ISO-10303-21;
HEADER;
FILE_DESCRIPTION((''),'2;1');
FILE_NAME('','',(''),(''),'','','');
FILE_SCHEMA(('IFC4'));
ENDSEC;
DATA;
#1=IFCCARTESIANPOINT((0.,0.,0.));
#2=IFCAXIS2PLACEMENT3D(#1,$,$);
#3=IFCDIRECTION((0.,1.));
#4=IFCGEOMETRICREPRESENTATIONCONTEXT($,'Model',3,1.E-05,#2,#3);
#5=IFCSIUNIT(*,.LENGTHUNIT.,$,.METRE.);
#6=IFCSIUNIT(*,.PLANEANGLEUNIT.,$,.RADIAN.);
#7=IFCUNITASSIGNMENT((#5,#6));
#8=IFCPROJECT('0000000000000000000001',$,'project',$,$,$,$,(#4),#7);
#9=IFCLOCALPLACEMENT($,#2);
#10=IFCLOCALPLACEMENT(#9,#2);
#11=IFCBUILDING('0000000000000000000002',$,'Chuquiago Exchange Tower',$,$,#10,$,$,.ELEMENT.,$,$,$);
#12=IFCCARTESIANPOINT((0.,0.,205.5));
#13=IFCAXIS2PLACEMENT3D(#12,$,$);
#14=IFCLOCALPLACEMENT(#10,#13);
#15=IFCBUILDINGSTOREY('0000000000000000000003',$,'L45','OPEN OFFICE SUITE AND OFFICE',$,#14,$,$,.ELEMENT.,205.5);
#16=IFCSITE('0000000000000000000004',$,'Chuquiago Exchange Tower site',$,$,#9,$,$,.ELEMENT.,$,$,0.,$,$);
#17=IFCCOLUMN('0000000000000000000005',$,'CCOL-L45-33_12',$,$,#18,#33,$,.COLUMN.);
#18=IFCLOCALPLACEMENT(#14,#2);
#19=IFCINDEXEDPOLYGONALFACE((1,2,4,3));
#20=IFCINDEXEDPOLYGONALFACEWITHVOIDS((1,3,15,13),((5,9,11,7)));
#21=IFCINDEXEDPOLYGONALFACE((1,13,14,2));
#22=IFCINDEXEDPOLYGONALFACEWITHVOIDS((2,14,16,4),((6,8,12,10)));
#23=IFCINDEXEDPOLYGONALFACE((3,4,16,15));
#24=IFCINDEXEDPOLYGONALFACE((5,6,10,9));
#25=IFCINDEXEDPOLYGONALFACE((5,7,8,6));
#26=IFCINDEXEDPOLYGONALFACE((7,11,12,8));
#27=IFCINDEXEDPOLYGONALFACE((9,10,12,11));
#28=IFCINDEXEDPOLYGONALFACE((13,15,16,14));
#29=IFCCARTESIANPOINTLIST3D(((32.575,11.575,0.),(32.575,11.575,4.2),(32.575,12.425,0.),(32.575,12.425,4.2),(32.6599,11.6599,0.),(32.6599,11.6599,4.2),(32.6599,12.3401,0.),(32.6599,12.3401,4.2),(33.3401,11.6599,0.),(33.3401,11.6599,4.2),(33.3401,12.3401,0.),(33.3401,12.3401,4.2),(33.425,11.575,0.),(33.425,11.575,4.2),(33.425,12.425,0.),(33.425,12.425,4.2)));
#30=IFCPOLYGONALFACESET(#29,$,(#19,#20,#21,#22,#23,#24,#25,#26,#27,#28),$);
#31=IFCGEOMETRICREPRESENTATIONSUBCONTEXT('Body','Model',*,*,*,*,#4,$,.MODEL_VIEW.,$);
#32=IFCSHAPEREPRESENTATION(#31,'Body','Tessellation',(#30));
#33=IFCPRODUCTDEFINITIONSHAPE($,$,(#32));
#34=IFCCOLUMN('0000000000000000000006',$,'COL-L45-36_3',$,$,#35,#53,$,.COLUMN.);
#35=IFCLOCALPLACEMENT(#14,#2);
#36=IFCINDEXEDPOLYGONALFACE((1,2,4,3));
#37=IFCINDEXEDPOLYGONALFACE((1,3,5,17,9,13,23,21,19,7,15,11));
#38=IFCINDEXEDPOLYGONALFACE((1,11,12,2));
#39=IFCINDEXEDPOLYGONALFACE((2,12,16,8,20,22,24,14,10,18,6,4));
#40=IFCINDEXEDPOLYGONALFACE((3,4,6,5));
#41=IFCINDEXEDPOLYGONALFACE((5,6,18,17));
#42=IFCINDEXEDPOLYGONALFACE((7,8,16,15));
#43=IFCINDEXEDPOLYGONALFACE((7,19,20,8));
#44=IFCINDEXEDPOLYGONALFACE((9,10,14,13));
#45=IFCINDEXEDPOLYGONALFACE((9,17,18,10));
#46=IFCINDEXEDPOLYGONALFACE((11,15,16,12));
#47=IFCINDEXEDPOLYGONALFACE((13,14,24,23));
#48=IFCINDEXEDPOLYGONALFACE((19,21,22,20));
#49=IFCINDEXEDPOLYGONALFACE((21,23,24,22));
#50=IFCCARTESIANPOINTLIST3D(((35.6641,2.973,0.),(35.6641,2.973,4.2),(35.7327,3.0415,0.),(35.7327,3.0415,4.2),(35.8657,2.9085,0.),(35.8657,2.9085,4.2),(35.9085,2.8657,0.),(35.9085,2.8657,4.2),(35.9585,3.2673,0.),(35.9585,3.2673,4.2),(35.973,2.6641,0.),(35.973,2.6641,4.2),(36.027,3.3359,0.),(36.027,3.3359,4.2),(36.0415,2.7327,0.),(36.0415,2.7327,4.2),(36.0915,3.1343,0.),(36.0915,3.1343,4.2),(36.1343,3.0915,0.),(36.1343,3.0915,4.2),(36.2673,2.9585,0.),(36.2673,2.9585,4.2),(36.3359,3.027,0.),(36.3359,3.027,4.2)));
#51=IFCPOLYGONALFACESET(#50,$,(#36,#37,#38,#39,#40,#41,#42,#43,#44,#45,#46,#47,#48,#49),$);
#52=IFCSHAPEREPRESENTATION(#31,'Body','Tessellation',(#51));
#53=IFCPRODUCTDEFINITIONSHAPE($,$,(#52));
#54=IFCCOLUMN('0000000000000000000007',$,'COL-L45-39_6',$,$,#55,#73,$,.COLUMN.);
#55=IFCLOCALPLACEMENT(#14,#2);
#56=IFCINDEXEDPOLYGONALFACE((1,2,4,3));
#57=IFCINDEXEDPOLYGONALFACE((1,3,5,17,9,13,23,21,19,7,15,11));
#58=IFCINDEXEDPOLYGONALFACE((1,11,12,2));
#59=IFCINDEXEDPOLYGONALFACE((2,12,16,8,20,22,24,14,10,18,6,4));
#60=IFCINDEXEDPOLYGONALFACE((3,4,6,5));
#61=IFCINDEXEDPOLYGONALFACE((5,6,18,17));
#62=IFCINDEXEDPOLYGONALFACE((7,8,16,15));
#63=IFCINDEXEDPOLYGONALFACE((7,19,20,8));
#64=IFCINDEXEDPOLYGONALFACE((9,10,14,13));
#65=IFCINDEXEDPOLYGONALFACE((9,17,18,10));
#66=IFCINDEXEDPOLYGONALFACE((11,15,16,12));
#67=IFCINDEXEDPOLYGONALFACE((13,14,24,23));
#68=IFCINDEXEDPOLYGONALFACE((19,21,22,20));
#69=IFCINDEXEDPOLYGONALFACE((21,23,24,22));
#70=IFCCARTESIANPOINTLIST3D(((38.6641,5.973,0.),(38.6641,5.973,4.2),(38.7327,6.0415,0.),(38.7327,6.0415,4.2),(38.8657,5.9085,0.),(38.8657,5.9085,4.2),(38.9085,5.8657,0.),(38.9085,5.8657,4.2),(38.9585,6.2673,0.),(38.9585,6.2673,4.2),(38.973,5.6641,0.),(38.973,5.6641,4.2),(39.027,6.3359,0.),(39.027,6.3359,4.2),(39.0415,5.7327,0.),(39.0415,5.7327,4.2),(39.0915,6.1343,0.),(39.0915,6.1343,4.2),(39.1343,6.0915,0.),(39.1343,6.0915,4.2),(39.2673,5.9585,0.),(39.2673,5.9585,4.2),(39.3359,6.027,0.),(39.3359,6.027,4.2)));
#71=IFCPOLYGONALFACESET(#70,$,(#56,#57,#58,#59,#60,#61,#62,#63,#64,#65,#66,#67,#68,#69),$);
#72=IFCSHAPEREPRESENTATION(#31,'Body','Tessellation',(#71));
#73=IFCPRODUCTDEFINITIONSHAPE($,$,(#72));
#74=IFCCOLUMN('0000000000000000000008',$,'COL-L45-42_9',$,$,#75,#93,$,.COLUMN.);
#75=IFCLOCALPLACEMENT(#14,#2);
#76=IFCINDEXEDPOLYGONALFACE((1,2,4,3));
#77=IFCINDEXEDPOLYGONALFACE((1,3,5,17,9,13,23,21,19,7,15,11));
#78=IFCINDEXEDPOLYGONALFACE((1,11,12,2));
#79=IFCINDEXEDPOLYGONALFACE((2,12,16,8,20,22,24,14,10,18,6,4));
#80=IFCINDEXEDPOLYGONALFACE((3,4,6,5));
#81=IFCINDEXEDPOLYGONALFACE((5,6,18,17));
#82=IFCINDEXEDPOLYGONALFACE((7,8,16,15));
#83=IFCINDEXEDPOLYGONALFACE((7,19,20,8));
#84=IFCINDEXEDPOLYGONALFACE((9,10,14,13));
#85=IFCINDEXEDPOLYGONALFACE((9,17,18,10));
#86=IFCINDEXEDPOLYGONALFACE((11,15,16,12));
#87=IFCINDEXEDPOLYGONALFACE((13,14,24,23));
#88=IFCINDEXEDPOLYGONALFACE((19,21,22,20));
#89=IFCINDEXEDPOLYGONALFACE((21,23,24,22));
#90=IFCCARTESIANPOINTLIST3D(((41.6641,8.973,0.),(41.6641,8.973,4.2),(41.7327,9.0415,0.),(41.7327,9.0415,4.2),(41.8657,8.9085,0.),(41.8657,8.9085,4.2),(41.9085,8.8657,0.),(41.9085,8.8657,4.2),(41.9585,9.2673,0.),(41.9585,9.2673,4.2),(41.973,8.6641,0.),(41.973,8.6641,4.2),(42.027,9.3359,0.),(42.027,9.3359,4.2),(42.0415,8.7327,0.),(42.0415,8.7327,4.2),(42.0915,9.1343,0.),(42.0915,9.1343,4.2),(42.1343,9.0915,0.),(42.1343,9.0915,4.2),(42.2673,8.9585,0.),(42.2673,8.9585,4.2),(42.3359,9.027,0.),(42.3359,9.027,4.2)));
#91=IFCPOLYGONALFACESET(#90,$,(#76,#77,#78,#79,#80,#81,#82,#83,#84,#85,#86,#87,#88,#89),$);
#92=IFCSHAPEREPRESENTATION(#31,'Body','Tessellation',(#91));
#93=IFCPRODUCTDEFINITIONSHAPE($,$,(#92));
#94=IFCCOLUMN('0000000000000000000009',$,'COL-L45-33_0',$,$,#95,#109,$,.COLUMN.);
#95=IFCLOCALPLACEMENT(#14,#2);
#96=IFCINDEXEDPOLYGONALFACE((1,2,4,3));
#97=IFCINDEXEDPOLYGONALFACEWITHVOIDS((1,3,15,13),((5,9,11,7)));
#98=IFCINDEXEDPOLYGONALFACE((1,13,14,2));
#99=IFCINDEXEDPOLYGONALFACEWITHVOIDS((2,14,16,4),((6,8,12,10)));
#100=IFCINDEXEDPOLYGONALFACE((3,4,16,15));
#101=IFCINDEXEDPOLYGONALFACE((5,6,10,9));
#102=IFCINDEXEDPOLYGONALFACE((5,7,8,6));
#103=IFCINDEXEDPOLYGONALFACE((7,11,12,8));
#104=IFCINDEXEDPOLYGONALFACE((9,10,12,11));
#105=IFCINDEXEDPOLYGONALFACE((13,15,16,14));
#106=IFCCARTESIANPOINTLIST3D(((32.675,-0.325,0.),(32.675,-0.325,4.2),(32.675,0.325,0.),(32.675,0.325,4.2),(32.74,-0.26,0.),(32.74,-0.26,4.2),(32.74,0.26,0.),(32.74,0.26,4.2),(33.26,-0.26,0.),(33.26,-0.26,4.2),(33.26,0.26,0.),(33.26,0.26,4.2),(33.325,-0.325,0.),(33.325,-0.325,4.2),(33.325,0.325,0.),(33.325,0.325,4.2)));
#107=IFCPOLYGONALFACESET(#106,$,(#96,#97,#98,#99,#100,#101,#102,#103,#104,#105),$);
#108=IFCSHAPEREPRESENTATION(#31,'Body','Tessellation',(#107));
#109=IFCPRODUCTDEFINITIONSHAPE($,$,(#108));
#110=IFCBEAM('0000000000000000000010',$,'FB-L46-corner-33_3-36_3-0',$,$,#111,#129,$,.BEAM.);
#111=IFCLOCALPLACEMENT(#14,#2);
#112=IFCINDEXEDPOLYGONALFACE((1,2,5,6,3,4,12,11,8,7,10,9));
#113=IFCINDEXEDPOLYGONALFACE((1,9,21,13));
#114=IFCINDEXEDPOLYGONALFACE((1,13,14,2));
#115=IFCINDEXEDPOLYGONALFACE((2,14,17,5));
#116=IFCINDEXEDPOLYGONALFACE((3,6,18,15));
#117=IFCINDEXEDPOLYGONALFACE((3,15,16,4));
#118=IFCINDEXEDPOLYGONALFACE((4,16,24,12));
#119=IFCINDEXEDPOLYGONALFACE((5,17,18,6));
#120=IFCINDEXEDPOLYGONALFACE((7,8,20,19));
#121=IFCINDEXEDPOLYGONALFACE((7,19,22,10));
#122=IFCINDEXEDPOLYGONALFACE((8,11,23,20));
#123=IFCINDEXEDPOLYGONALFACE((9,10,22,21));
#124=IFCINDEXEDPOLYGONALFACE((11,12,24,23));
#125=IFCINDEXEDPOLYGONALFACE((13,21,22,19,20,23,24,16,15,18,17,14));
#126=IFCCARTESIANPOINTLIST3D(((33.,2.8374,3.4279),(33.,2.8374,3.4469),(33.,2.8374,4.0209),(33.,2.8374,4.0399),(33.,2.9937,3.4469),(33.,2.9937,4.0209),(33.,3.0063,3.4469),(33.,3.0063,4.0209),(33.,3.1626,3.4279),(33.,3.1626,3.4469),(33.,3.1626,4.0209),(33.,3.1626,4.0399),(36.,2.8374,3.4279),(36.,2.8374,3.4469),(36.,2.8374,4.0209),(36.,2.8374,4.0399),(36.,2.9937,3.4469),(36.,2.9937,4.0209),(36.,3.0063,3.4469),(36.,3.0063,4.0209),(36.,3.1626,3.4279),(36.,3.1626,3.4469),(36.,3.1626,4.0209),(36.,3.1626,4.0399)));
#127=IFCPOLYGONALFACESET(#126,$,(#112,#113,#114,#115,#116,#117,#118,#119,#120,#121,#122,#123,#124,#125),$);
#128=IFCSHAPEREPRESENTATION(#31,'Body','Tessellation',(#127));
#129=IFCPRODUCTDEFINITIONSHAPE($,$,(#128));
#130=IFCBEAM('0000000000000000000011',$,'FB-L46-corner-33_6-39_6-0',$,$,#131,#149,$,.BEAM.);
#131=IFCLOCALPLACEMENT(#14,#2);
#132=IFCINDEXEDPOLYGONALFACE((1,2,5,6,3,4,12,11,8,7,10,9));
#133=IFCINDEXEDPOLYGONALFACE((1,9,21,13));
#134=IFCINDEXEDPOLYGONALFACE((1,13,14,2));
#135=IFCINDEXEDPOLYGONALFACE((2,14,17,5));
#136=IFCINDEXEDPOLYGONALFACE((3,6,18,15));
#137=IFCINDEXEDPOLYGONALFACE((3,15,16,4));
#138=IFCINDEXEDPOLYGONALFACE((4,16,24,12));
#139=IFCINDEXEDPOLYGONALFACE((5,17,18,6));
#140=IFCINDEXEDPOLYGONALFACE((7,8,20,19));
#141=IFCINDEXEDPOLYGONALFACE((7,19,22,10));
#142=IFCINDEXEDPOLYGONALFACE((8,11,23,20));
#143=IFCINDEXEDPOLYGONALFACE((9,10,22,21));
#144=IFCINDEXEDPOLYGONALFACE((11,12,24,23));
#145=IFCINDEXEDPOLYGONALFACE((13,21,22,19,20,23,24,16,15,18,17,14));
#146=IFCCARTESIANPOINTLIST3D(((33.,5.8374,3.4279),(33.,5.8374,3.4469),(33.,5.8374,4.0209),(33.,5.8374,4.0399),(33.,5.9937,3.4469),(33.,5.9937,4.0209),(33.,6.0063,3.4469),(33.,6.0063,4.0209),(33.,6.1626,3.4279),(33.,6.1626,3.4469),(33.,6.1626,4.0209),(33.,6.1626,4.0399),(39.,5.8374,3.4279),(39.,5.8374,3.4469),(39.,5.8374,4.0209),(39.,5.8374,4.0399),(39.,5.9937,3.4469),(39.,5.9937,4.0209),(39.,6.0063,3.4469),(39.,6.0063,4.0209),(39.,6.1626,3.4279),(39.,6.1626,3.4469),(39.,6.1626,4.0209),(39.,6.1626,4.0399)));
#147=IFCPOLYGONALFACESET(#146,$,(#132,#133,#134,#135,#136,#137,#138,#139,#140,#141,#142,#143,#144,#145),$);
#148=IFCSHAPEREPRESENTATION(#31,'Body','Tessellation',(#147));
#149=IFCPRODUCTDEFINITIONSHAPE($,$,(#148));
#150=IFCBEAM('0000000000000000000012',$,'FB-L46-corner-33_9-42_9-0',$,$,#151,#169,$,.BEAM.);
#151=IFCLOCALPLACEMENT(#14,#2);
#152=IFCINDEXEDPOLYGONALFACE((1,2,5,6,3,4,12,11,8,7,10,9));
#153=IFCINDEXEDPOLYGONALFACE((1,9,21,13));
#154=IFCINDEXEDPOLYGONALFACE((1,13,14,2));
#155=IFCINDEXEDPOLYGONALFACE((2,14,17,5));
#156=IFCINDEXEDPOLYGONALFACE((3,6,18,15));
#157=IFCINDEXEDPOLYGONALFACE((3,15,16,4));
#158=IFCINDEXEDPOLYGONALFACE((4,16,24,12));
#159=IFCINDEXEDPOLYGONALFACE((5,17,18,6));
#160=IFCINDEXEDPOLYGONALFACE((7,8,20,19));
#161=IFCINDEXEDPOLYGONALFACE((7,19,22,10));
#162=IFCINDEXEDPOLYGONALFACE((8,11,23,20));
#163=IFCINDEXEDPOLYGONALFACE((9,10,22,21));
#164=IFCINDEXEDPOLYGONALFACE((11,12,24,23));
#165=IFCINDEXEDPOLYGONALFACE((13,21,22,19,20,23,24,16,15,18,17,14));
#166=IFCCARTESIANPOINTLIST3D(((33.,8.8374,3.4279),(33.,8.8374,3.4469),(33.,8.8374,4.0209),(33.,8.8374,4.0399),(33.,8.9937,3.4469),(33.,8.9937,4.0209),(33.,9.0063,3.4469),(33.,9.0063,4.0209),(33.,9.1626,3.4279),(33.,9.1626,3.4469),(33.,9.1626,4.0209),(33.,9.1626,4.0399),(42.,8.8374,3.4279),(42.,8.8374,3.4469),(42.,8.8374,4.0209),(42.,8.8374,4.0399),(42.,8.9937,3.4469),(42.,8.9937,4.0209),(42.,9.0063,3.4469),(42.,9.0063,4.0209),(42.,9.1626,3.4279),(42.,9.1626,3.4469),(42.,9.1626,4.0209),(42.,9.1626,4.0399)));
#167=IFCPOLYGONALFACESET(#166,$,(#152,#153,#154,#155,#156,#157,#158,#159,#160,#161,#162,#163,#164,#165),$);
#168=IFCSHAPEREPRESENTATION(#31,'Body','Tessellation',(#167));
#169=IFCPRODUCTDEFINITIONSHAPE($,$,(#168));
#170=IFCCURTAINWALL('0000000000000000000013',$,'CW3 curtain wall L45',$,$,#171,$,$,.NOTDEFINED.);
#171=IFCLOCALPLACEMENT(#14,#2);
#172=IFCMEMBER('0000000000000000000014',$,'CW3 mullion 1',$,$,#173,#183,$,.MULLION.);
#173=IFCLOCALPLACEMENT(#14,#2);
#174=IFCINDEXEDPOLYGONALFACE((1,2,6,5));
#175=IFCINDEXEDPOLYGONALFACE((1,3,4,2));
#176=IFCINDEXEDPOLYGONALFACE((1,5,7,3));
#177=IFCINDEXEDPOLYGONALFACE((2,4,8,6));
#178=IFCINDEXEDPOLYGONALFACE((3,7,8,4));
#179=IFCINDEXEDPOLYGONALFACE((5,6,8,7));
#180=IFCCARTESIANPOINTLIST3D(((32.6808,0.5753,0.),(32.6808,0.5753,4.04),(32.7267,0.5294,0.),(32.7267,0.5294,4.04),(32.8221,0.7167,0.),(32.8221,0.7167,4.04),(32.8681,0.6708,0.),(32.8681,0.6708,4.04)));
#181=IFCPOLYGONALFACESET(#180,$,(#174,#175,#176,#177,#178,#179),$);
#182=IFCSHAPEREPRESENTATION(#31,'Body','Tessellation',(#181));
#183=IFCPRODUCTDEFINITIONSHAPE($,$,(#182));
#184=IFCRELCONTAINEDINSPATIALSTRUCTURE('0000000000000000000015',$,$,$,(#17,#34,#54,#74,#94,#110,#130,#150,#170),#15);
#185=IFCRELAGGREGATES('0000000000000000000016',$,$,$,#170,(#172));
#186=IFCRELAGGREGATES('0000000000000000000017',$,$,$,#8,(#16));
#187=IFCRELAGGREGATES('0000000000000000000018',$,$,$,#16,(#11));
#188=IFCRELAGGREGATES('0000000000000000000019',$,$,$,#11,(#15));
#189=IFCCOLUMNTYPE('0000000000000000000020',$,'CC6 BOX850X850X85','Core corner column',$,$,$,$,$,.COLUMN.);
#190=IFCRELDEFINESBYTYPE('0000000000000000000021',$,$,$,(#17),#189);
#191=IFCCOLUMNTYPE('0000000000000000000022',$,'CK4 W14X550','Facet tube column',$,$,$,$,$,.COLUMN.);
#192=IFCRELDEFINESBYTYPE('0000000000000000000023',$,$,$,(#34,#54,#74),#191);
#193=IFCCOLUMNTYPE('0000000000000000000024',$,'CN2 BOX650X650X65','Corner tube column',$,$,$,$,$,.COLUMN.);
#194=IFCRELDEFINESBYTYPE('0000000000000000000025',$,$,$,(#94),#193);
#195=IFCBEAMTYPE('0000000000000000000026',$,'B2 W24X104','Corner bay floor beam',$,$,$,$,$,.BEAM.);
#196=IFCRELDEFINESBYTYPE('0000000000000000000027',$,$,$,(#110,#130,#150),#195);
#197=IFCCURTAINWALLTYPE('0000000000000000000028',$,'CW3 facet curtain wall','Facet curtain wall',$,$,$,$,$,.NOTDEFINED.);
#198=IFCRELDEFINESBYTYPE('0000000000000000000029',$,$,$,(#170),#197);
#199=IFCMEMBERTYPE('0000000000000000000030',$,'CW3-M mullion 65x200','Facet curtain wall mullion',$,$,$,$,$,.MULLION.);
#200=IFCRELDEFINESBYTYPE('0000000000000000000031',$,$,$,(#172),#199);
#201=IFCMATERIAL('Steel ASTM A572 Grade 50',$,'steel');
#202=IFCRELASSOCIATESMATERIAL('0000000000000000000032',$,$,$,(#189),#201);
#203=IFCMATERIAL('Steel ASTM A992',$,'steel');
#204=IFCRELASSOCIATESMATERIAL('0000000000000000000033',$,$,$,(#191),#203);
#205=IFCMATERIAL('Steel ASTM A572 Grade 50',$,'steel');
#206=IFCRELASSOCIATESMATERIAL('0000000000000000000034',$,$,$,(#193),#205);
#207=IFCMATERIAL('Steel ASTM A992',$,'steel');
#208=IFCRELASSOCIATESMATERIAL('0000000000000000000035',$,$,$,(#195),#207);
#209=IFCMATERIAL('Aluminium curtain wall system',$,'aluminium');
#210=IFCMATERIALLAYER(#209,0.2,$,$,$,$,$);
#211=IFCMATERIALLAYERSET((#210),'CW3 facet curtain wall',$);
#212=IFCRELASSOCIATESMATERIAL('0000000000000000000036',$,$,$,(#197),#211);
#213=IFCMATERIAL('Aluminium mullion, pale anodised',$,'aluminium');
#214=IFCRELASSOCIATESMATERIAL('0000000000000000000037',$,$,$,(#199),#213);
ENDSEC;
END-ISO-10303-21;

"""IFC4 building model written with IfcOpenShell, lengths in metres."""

from ifc_helpers import new_model, si_unit, direction, frame, origin, origin_2d, place, context, subcontext, project, spatial, rectangle, hollow_rectangle, i_section, extrude, material, layer, layer_set, material_profile, profile_set, type_object, element, aggregate, save


model = new_model("IFC4")

# Units and contexts
model_context = context("Model", 3, precision=1e-05, world=origin(), true_north=direction((0.0, 1.0)))
body_context = subcontext(model_context, "Body", "Model", "MODEL_VIEW")
ifc_project = project(units=[si_unit("LENGTHUNIT", "METRE"), si_unit("PLANEANGLEUNIT", "RADIAN")], contexts=[model_context])

# Site, building, storey
site_placement = place(None, origin())
site = spatial("IfcSite", under=ifc_project, at=site_placement, Name="Chuquiago Exchange Tower site", CompositionType="ELEMENT", RefElevation=0.0)
building_placement = place(site_placement, origin())
building = spatial("IfcBuilding", under=site, at=building_placement, Name="Chuquiago Exchange Tower", CompositionType="ELEMENT")
storey_placement = place(building_placement, frame((0.0, 0.0, 205.5)))
storey = spatial("IfcBuildingStorey", under=building, at=storey_placement, Name="L45", Description="OPEN OFFICE SUITE AND OFFICE", CompositionType="ELEMENT", Elevation=205.5)

# Columns
ifc_material_1 = material(Name="Steel ASTM A572 Grade 50", Category="steel")
ifc_material_profile_1 = material_profile(ifc_material_1, hollow_rectangle(XDim=0.8501, YDim=0.8501, WallThickness=0.085, at=origin_2d()), Name="BOX850X850X85")
ifc_profile_set_1 = profile_set([ifc_material_profile_1], Name="Steel ASTM A572 Grade 50")
column_type_1 = type_object("IfcColumnType", Name="CC6 BOX850X850X85", Description="Core corner column", PredefinedType="COLUMN", material=ifc_profile_set_1)
column_1_placement = place(storey_placement, frame((33.0, 12.0, 0.0), z_axis=(0.0, 0.0, 1.0), x_axis=(1.0, 0.0, 0.0)))
element("IfcColumn", 1, at=column_1_placement, inside=storey, type_object=column_type_1, Name="CCOL-L45-33_12", PredefinedType="COLUMN", context=body_context, shape_type="SweptSolid", body=[
    extrude(hollow_rectangle(XDim=0.8501, YDim=0.8501, WallThickness=0.085, at=origin_2d()), origin(), (0.0, 0.0, 1.0), 4.2),
])
ifc_material_2 = material(Name="Steel ASTM A992", Category="steel")
ifc_material_profile_2 = material_profile(ifc_material_2, i_section(OverallWidth=0.4368, OverallDepth=0.5132, WebThickness=0.0605, FlangeThickness=0.0969, at=origin_2d()), Name="W14X550")
ifc_profile_set_2 = profile_set([ifc_material_profile_2], Name="Steel ASTM A992")
column_type_2 = type_object("IfcColumnType", Name="CK4 W14X550", Description="Facet tube column", PredefinedType="COLUMN", material=ifc_profile_set_2)
for number, where, z_axis, x_axis, name in (
    (2, (36.0, 3.0, 0.0), (0.0, 0.0, 1.0), (0.707107, -0.707107, 0.0), "COL-L45-36_3"),
    (3, (39.0, 6.0, 0.0), (0.0, 0.0, 1.0), (0.707107, -0.707107, 0.0), "COL-L45-39_6"),
    (4, (42.0, 9.0, 0.0), (0.0, 0.0, 1.0), (0.707107, -0.707107, 0.0), "COL-L45-42_9"),
):
    element("IfcColumn", number, at=place(storey_placement, frame(where, z_axis=z_axis, x_axis=x_axis)), inside=storey, type_object=column_type_2, Name=name, PredefinedType="COLUMN", context=body_context, shape_type="SweptSolid", body=[
        extrude(i_section(OverallWidth=0.4368, OverallDepth=0.5132, WebThickness=0.0605, FlangeThickness=0.0969, at=origin_2d()), origin(), (0.0, 0.0, 1.0), 4.2),
    ])
ifc_material_3 = material(Name="Steel ASTM A572 Grade 50", Category="steel")
ifc_material_profile_3 = material_profile(ifc_material_3, hollow_rectangle(XDim=0.6499, YDim=0.6499, WallThickness=0.0649, at=origin_2d()), Name="BOX650X650X65")
ifc_profile_set_3 = profile_set([ifc_material_profile_3], Name="Steel ASTM A572 Grade 50")
column_type_3 = type_object("IfcColumnType", Name="CN2 BOX650X650X65", Description="Corner tube column", PredefinedType="COLUMN", material=ifc_profile_set_3)
column_2_placement = place(storey_placement, frame((33.0, 0.0, 0.0), z_axis=(0.0, 0.0, 1.0), x_axis=(0.0, -1.0, 0.0)))
element("IfcColumn", 5, at=column_2_placement, inside=storey, type_object=column_type_3, Name="COL-L45-33_0", PredefinedType="COLUMN", context=body_context, shape_type="SweptSolid", body=[
    extrude(hollow_rectangle(XDim=0.6499, YDim=0.6499, WallThickness=0.0649, at=origin_2d()), origin(), (0.0, 0.0, 1.0), 4.2),
])

# Beams
ifc_material_4 = material(Name="Steel ASTM A992", Category="steel")
ifc_material_profile_4 = material_profile(ifc_material_4, i_section(OverallWidth=0.3252, OverallDepth=0.6121, WebThickness=0.0127, FlangeThickness=0.019, at=origin_2d()), Name="W24X104")
ifc_profile_set_4 = profile_set([ifc_material_profile_4], Name="Steel ASTM A992")
beam_type_1 = type_object("IfcBeamType", Name="B2 W24X104", Description="Corner bay floor beam", PredefinedType="BEAM", material=ifc_profile_set_4)
beam_1_placement = place(storey_placement, frame((33.0, 3.0, 3.7339), z_axis=(1.0, 0.0, 0.0), x_axis=(0.0, 1.0, 0.0)))
element("IfcBeam", 6, at=beam_1_placement, inside=storey, type_object=beam_type_1, Name="FB-L46-corner-33_3-36_3-0", PredefinedType="BEAM", context=body_context, shape_type="SweptSolid", body=[
    extrude(i_section(OverallWidth=0.3252, OverallDepth=0.6121, WebThickness=0.0127, FlangeThickness=0.019, at=origin_2d()), origin(), (0.0, 0.0, 1.0), 3.0),
])
beam_2_placement = place(storey_placement, frame((33.0, 6.0, 3.7339), z_axis=(1.0, 0.0, 0.0), x_axis=(0.0, 1.0, 0.0)))
element("IfcBeam", 7, at=beam_2_placement, inside=storey, type_object=beam_type_1, Name="FB-L46-corner-33_6-39_6-0", PredefinedType="BEAM", context=body_context, shape_type="SweptSolid", body=[
    extrude(i_section(OverallWidth=0.3252, OverallDepth=0.6121, WebThickness=0.0127, FlangeThickness=0.019, at=origin_2d()), origin(), (0.0, 0.0, 1.0), 6.0),
])
beam_3_placement = place(storey_placement, frame((33.0, 9.0, 3.7339), z_axis=(1.0, 0.0, 0.0), x_axis=(0.0, 1.0, 0.0)))
element("IfcBeam", 8, at=beam_3_placement, inside=storey, type_object=beam_type_1, Name="FB-L46-corner-33_9-42_9-0", PredefinedType="BEAM", context=body_context, shape_type="SweptSolid", body=[
    extrude(i_section(OverallWidth=0.3252, OverallDepth=0.6121, WebThickness=0.0127, FlangeThickness=0.019, at=origin_2d()), origin(), (0.0, 0.0, 1.0), 9.0),
])

# Curtain wall, member
ifc_material_5 = material(Name="Aluminium curtain wall system", Category="aluminium")
ifc_layer_1 = layer(ifc_material_5, 0.2)
ifc_layer_set_1 = layer_set([ifc_layer_1], Name="CW3 facet curtain wall")
curtain_wall_type = type_object("IfcCurtainWallType", Name="CW3 facet curtain wall", Description="Facet curtain wall", PredefinedType="NOTDEFINED", material=ifc_layer_set_1)
curtain_wall_placement = place(storey_placement, origin())
curtain_wall = element("IfcCurtainWall", 9, at=curtain_wall_placement, inside=storey, type_object=curtain_wall_type, Name="CW3 curtain wall L45", PredefinedType="NOTDEFINED")
ifc_material_6 = material(Name="Aluminium mullion, pale anodised", Category="aluminium")
ifc_material_profile_5 = material_profile(ifc_material_6, rectangle(XDim=0.0649, YDim=0.2, at=origin_2d()), Name="AL 65x200")
ifc_profile_set_5 = profile_set([ifc_material_profile_5], Name="Aluminium mullion, pale anodised")
member_type_1 = type_object("IfcMemberType", Name="CW3-M mullion 65x200", Description="Facet curtain wall mullion", PredefinedType="MULLION", material=ifc_profile_set_5)
member_1_placement = place(storey_placement, frame((32.7744, 0.623, 0.0), z_axis=(0.0, 0.0, 1.0), x_axis=(-0.707107, 0.707107, 0.0)))
member_1 = element("IfcMember", 10, at=member_1_placement, type_object=member_type_1, Name="CW3 mullion 1", PredefinedType="MULLION", context=body_context, shape_type="SweptSolid", body=[
    extrude(rectangle(XDim=0.0649, YDim=0.2, at=origin_2d()), origin(), (0.0, 0.0, 1.0), 4.04),
])

aggregate(curtain_wall, [member_1])

save(model, "model.ifc")
